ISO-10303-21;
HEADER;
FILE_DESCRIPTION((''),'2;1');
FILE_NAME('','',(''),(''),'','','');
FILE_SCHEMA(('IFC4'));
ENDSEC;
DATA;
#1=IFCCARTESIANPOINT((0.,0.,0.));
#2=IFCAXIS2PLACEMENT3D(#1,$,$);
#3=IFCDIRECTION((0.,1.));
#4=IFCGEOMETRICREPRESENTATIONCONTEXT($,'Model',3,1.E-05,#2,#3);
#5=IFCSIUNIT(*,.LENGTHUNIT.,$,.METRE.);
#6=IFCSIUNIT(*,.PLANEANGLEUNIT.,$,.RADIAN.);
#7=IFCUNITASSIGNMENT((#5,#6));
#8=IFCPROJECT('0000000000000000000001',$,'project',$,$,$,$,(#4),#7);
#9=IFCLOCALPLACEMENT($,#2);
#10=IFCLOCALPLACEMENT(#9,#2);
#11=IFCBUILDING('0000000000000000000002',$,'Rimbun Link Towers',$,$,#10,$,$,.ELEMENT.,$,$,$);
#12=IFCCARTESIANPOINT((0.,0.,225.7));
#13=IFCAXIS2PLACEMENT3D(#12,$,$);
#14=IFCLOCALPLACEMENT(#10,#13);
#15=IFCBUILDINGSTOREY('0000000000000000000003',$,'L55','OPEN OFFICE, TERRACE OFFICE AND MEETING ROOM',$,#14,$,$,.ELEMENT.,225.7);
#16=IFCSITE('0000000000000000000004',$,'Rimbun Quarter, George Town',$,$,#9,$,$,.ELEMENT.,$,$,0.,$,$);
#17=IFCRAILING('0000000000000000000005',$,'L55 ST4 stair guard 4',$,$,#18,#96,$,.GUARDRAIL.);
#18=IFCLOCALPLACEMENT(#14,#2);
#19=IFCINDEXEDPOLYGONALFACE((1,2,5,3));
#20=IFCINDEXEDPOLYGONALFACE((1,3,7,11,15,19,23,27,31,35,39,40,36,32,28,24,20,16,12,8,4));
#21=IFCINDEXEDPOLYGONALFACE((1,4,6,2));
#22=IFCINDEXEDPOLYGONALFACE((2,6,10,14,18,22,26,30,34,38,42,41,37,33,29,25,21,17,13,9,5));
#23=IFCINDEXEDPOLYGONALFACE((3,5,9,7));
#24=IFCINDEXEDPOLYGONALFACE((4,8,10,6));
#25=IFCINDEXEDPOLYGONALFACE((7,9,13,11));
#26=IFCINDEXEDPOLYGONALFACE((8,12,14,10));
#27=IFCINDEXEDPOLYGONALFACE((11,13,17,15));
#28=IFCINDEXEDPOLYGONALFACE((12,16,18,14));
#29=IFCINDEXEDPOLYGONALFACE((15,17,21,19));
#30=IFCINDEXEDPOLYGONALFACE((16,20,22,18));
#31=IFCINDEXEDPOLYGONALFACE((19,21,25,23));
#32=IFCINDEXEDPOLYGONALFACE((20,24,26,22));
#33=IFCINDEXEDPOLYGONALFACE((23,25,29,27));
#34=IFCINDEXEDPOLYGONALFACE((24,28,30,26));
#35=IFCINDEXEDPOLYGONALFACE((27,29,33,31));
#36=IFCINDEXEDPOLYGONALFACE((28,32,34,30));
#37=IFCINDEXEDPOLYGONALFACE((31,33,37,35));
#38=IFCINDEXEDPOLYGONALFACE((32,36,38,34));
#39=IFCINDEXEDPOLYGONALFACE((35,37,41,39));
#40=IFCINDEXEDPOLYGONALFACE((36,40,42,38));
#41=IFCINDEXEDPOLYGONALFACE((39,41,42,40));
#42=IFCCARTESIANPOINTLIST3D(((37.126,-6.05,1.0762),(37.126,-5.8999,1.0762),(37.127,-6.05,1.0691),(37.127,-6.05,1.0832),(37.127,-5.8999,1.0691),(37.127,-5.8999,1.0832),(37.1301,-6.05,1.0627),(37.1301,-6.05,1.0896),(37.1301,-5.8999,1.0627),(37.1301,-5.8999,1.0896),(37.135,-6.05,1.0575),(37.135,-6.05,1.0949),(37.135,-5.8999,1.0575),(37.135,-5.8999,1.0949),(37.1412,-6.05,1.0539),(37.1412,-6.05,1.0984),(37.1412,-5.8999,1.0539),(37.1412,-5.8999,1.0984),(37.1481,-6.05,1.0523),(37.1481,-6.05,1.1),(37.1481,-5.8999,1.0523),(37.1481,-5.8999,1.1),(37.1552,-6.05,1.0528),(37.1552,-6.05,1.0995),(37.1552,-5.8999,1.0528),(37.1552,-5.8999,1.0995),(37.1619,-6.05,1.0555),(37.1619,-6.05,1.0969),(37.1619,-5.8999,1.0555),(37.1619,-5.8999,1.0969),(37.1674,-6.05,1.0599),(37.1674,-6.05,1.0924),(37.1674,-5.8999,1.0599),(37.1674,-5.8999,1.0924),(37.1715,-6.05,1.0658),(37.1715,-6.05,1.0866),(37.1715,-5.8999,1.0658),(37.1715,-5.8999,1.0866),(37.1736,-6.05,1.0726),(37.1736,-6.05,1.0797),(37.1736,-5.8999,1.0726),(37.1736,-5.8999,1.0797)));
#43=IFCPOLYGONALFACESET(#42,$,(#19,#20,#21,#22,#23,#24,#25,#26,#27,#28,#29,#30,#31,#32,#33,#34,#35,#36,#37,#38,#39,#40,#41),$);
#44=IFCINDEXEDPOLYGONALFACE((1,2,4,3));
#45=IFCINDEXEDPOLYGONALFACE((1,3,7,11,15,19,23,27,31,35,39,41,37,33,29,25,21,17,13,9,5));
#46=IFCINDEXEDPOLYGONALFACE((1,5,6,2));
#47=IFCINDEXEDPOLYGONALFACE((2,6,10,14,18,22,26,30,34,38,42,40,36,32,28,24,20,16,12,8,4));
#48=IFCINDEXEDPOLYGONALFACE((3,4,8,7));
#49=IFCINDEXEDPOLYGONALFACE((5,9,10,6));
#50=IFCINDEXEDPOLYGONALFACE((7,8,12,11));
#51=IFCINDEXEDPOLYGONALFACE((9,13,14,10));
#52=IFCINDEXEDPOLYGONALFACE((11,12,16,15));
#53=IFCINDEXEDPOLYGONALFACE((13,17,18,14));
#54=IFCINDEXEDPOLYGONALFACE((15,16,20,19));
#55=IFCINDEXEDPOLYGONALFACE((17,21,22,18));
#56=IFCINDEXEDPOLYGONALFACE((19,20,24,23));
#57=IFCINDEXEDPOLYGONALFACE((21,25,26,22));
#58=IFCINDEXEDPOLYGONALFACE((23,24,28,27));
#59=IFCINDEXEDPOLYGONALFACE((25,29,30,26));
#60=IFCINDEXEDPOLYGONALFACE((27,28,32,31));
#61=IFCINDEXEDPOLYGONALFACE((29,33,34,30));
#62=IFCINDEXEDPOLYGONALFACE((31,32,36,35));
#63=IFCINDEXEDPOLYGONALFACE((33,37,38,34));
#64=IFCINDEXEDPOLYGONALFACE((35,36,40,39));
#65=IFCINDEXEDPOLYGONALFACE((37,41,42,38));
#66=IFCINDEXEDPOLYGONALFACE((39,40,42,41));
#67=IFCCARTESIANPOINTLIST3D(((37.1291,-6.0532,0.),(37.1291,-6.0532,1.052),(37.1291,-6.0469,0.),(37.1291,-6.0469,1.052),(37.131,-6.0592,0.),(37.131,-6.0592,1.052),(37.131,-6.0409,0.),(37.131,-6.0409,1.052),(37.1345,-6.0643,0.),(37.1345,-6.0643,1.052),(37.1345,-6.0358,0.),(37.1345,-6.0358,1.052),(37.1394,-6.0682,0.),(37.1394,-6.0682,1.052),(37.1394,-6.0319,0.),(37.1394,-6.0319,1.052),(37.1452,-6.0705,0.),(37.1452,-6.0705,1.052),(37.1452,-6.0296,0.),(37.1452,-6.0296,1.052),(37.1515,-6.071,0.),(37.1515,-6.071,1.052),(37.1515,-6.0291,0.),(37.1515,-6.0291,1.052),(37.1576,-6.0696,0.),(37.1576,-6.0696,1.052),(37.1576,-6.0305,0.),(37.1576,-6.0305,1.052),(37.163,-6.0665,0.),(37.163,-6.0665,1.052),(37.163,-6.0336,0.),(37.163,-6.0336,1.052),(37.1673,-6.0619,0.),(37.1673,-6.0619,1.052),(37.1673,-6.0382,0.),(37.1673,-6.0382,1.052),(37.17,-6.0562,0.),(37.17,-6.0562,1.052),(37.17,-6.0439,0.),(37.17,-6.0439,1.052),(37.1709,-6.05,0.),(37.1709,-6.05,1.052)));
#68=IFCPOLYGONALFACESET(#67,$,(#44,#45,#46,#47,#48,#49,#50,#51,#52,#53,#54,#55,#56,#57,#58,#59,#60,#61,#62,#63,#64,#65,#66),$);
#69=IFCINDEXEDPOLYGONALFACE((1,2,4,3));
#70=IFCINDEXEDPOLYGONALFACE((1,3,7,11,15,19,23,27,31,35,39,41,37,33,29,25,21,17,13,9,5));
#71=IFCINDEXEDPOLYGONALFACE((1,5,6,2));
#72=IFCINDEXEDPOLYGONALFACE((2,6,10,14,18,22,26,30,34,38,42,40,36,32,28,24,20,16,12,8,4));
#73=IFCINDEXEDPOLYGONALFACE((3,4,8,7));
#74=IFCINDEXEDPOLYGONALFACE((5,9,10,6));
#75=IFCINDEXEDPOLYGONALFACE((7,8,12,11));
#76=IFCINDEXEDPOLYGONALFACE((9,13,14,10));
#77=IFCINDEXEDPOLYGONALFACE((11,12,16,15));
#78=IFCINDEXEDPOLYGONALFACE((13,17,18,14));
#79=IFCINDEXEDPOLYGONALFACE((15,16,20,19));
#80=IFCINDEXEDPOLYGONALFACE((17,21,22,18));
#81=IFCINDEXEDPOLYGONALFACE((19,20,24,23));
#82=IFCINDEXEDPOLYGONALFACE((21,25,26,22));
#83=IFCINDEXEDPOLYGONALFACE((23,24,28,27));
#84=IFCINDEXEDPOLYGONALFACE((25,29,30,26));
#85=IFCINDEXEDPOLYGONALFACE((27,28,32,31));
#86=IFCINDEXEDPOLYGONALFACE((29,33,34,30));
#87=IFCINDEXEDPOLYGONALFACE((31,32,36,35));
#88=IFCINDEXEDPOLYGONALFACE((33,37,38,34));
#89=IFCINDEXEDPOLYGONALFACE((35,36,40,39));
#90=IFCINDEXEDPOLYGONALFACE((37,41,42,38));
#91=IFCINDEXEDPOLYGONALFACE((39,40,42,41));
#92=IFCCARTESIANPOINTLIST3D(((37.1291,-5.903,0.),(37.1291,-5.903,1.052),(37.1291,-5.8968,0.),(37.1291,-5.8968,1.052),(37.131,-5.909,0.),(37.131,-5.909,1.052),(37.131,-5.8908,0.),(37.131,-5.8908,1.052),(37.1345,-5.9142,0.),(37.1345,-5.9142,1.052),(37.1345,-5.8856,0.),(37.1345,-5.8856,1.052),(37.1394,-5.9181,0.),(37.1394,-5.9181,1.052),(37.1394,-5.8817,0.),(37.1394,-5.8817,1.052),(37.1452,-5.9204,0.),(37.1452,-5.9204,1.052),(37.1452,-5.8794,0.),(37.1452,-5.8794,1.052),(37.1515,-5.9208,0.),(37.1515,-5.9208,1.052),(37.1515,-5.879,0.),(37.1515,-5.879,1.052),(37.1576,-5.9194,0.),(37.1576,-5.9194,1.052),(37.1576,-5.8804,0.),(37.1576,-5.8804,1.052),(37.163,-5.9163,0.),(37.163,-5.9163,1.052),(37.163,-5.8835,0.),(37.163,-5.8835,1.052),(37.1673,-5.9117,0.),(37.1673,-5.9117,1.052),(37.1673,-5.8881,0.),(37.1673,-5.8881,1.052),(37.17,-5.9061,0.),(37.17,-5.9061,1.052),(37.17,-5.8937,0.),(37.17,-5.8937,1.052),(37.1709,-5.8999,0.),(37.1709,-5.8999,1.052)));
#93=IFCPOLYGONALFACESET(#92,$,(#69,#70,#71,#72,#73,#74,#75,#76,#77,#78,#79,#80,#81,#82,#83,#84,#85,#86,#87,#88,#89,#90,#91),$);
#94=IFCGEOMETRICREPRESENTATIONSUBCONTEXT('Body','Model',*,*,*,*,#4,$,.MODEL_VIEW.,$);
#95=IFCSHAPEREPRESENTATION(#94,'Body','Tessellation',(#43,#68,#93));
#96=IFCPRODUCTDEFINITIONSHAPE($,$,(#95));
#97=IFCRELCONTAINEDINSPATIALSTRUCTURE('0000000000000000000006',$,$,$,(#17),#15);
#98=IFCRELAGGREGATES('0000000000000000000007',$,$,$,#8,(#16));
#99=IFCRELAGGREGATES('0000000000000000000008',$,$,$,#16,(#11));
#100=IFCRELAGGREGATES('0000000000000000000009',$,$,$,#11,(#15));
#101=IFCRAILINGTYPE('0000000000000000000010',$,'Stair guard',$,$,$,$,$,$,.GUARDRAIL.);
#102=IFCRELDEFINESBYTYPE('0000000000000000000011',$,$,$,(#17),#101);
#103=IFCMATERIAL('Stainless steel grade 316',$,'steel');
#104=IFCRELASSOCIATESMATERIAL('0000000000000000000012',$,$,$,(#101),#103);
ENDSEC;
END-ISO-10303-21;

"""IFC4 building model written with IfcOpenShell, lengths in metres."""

from ifc_helpers import new_model, si_unit, direction, frame, origin, origin_2d, place, context, subcontext, project, spatial, circle, extrude, material, type_object, element, save


model = new_model("IFC4")

# Units and contexts
model_context = context("Model", 3, precision=1e-05, world=origin(), true_north=direction((0.0, 1.0)))
body_context = subcontext(model_context, "Body", "Model", "MODEL_VIEW")
ifc_project = project(units=[si_unit("LENGTHUNIT", "METRE"), si_unit("PLANEANGLEUNIT", "RADIAN")], contexts=[model_context])

# Site, building, storey
site_placement = place(None, origin())
site = spatial("IfcSite", under=ifc_project, at=site_placement, Name="Rimbun Quarter, George Town", CompositionType="ELEMENT", RefElevation=0.0)
building_placement = place(site_placement, origin())
building = spatial("IfcBuilding", under=site, at=building_placement, Name="Rimbun Link Towers", CompositionType="ELEMENT")
storey_placement = place(building_placement, frame((0.0, 0.0, 225.7)))
storey = spatial("IfcBuildingStorey", under=building, at=storey_placement, Name="L55", Description="OPEN OFFICE, TERRACE OFFICE AND MEETING ROOM", CompositionType="ELEMENT", Elevation=225.7)

# Railing
ifc_material_1 = material(Name="Stainless steel grade 316", Category="steel")
railing_type_1 = type_object("IfcRailingType", Name="Stair guard", PredefinedType="GUARDRAIL", material=ifc_material_1)
railing_1_placement = place(storey_placement, frame((37.1499, -6.05, 0.0)))
element("IfcRailing", 1, at=railing_1_placement, inside=storey, type_object=railing_type_1, Name="L55 ST4 stair guard 4", PredefinedType="GUARDRAIL", context=body_context, shape_type="SweptSolid", body=[
    extrude(circle(Radius=0.0239, at=origin_2d()), frame((0.0, 0.0, 1.0762), z_axis=(0.0, 1.0, 0.0), x_axis=(-1.0, 0.0, 0.0)), (0.0, 0.0, 1.0), 0.1501),
    extrude(circle(Radius=0.021, at=origin_2d()), origin(), (0.0, 0.0, 1.0), 1.052),
    extrude(circle(Radius=0.021, at=origin_2d()), frame((0.0, 0.1501, 0.0)), (0.0, 0.0, 1.0), 1.052),
])

save(model, "model.ifc")
